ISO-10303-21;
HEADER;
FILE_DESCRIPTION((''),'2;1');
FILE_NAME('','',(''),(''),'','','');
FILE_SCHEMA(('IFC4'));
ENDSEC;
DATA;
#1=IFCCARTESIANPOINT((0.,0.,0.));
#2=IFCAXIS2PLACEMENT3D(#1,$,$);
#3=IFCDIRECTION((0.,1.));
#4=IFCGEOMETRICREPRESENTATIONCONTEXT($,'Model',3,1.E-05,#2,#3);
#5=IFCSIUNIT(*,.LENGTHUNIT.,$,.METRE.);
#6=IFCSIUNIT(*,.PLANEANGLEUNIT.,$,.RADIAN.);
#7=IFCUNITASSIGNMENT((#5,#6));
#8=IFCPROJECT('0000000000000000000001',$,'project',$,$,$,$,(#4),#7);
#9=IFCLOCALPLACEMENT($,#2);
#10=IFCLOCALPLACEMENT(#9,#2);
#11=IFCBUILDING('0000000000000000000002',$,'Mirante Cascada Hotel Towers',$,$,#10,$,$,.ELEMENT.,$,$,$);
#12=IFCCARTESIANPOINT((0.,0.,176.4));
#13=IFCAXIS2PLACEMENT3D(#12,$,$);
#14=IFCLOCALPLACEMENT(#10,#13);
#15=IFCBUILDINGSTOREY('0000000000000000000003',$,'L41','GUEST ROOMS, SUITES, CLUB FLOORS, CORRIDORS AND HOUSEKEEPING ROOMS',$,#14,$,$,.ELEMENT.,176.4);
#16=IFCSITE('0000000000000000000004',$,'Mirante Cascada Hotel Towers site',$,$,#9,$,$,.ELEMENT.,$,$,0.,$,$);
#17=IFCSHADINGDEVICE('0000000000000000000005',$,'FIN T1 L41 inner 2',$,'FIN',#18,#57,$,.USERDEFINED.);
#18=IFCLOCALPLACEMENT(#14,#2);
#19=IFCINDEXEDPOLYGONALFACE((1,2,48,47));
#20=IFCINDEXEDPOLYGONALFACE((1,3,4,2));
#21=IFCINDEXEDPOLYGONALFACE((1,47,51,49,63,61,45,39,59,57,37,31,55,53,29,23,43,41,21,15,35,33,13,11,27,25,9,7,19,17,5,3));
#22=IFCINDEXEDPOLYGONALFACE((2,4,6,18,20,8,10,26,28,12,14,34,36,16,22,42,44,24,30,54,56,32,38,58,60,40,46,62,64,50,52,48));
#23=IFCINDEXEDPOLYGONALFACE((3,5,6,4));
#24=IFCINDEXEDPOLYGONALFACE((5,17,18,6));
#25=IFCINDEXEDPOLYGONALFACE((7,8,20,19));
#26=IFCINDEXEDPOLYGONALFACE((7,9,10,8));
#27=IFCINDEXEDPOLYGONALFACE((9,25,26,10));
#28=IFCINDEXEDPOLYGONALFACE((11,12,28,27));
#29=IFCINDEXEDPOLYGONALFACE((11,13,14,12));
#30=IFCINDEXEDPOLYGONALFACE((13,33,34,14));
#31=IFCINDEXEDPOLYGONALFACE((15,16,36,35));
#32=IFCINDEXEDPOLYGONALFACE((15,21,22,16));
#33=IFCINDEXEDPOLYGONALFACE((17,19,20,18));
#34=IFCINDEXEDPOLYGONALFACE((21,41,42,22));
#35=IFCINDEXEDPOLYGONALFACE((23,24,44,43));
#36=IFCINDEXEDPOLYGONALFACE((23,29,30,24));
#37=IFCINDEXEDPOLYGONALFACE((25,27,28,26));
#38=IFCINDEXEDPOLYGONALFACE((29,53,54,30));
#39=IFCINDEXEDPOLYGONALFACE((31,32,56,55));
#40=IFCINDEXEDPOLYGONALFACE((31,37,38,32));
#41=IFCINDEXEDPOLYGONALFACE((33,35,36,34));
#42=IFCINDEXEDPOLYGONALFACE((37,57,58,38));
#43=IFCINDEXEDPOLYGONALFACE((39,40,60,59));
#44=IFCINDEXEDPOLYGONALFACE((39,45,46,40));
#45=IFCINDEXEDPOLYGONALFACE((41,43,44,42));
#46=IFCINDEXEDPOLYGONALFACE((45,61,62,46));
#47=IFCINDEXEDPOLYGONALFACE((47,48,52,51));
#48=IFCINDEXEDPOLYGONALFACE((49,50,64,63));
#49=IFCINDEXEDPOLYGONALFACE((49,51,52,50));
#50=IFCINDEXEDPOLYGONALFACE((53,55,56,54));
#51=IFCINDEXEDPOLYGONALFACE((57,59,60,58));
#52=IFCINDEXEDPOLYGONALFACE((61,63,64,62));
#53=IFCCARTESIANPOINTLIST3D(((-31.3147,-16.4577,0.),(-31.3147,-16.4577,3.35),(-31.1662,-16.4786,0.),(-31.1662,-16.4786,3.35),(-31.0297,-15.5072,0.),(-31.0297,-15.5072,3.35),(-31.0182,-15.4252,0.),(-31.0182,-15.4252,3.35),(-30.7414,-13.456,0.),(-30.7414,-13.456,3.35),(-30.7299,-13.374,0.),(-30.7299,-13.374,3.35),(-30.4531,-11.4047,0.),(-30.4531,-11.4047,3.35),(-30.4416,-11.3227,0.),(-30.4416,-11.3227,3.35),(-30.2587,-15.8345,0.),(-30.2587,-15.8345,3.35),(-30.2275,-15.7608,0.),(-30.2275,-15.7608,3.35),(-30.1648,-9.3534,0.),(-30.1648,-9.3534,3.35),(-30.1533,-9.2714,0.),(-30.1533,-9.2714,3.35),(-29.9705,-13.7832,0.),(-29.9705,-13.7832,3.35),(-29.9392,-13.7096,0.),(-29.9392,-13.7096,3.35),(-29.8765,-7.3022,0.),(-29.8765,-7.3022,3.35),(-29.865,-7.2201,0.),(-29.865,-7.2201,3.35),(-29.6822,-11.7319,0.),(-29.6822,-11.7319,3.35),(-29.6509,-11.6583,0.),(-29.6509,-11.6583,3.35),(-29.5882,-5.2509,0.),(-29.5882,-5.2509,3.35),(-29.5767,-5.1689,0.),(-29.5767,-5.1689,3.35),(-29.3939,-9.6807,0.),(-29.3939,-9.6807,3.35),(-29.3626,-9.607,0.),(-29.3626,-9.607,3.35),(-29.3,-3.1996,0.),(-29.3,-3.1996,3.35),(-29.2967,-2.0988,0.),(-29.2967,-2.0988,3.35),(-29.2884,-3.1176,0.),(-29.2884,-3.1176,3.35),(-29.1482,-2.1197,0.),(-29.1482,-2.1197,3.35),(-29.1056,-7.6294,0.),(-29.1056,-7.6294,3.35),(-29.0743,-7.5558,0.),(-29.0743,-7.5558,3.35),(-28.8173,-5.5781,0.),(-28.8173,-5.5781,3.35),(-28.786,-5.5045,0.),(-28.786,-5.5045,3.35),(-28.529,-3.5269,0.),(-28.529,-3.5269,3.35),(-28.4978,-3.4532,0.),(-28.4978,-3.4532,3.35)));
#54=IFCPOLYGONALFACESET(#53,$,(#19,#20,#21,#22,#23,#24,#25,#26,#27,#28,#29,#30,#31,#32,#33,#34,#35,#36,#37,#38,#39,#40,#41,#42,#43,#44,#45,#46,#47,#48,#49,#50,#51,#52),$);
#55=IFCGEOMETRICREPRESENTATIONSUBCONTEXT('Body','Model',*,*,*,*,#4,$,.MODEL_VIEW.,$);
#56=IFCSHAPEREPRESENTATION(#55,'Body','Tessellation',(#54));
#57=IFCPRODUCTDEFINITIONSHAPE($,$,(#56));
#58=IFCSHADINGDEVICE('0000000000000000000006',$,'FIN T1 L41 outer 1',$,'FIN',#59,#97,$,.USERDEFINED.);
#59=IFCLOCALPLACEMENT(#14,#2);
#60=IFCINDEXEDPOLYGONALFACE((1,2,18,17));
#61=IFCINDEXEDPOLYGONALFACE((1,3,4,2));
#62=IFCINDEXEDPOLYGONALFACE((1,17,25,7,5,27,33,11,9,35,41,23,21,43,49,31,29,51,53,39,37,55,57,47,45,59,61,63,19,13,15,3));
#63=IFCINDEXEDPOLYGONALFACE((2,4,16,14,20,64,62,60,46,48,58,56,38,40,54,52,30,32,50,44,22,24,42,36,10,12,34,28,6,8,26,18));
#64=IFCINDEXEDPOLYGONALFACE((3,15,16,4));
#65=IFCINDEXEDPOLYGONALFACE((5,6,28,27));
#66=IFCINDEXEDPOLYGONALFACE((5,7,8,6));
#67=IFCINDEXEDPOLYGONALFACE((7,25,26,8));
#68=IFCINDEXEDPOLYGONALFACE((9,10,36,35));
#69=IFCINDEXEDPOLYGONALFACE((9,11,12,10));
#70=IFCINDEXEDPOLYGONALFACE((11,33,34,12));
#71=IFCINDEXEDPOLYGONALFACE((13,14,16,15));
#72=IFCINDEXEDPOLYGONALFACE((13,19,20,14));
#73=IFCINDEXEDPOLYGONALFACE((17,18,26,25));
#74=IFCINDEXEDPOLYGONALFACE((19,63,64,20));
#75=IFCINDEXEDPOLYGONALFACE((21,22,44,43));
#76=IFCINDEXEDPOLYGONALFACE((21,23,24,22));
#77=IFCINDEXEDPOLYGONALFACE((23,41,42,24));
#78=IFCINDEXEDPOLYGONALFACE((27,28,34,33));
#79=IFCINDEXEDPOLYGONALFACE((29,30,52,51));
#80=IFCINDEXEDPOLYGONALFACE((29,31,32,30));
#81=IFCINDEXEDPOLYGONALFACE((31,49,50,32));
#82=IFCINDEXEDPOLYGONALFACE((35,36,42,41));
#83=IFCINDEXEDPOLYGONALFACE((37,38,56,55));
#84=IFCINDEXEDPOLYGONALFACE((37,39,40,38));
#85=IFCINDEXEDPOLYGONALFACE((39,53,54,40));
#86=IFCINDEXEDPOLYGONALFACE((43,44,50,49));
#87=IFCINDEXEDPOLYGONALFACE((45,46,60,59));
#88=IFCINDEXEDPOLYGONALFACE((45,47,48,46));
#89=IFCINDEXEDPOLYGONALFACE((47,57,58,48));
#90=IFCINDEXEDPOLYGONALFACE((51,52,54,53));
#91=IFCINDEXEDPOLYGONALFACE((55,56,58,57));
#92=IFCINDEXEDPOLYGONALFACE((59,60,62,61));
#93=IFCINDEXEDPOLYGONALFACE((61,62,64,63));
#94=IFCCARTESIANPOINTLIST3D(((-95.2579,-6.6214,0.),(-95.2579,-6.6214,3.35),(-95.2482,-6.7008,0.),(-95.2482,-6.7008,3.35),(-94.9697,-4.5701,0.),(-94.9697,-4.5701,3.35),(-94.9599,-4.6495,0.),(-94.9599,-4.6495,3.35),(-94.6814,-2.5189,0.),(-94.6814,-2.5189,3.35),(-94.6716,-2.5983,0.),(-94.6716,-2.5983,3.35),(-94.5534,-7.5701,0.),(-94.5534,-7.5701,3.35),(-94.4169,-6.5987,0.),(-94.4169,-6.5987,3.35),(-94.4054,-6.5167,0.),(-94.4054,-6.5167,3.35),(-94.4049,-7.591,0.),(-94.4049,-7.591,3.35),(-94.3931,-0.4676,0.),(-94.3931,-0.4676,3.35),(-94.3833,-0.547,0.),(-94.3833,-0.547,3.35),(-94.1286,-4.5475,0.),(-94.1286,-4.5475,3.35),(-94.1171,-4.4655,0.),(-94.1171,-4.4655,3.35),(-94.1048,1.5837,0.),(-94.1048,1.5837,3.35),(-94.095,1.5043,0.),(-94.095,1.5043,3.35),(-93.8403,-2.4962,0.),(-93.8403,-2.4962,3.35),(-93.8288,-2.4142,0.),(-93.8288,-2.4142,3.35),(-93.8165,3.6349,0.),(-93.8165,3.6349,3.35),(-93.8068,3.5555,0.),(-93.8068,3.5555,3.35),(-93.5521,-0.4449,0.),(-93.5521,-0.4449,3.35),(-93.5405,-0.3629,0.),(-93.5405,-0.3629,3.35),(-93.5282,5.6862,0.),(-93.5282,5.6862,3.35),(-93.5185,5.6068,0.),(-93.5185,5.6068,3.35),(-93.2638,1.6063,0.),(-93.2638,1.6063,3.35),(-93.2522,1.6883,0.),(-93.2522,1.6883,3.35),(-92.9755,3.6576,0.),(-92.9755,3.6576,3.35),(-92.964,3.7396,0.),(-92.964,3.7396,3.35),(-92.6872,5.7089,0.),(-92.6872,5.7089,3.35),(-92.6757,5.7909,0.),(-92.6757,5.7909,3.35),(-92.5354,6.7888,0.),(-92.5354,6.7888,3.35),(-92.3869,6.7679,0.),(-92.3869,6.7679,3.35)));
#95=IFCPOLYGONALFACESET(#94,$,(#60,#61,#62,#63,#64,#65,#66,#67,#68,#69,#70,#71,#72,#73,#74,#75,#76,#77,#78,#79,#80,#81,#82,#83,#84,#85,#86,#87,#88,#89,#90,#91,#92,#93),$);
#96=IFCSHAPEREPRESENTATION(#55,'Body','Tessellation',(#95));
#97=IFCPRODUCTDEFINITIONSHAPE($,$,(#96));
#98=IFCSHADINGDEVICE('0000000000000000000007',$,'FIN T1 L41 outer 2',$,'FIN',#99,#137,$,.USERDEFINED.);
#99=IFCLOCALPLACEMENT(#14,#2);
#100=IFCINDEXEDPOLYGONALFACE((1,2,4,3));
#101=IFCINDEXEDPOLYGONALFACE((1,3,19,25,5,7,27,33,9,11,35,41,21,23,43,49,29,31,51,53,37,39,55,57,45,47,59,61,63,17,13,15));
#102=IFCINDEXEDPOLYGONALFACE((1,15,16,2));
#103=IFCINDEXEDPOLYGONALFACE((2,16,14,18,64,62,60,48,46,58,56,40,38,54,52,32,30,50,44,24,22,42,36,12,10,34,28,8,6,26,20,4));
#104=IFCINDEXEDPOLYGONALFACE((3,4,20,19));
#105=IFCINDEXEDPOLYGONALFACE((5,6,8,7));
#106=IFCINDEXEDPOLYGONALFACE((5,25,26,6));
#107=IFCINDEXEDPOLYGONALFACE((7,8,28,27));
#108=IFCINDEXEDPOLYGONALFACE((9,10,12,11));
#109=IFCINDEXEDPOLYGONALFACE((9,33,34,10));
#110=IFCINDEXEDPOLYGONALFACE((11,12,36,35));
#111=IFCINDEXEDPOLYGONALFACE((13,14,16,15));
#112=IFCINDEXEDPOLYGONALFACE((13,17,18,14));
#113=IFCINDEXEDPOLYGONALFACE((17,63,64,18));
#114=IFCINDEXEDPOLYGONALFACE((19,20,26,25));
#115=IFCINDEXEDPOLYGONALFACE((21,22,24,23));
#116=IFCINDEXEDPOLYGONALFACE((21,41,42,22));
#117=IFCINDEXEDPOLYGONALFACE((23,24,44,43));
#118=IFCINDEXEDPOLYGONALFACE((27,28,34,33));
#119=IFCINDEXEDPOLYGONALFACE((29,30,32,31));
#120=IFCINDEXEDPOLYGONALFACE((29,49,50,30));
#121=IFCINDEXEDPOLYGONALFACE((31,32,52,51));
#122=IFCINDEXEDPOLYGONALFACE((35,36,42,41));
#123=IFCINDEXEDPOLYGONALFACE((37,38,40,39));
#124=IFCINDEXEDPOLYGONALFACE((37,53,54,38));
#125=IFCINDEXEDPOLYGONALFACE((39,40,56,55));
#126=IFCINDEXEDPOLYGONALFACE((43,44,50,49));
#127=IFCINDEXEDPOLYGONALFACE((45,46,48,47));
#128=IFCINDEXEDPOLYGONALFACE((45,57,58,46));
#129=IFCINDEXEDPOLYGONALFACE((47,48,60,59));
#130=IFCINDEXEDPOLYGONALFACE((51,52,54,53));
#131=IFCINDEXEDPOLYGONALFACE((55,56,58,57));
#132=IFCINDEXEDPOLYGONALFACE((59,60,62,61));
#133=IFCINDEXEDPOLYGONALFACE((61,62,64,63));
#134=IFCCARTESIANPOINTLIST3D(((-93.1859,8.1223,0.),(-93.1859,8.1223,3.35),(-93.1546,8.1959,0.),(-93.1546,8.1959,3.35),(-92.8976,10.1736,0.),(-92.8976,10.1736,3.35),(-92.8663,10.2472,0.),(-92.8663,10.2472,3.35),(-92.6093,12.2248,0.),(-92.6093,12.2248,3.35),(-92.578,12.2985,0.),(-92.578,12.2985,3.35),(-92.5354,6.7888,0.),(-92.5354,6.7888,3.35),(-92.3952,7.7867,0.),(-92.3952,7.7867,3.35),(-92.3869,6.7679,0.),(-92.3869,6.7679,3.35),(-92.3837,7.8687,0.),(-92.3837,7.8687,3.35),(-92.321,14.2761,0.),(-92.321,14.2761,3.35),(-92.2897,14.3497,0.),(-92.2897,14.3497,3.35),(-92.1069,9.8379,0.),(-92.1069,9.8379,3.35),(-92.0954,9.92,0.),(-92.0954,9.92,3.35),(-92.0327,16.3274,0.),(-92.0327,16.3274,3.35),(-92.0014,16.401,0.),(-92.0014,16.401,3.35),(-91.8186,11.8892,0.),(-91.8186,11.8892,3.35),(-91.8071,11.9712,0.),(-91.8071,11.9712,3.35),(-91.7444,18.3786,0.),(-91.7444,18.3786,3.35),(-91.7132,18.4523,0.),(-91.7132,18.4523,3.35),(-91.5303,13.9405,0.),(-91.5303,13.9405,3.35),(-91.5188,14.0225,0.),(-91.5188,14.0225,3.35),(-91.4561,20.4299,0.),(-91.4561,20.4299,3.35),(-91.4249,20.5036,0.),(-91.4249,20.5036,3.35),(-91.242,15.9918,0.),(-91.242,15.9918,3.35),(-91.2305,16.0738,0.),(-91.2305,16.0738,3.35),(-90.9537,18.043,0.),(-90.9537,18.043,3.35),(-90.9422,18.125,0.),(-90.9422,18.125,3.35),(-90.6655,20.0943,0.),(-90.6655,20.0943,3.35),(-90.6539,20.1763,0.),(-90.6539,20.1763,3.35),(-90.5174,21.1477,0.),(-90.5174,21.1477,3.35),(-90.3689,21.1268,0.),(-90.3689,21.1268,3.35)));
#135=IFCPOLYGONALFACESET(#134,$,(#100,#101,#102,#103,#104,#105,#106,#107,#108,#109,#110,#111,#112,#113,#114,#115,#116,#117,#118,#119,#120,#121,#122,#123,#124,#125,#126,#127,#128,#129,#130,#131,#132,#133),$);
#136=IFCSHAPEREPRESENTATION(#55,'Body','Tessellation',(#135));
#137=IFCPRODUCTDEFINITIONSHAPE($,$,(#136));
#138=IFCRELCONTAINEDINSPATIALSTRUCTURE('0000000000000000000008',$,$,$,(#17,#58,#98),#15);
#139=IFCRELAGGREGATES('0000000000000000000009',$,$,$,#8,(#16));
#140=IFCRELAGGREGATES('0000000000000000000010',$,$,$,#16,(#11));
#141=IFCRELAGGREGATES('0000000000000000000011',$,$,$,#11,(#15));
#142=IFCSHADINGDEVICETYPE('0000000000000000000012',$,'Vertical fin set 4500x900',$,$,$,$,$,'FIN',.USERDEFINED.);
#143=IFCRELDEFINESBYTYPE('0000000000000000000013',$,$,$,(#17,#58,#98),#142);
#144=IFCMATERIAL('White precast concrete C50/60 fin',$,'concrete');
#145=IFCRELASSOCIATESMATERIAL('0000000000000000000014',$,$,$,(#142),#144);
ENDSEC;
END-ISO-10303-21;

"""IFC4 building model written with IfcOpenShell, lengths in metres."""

from ifc_helpers import new_model, si_unit, direction, frame, origin, place, context, subcontext, project, spatial, polyline, outline, extrude, material, type_object, element, save


model = new_model("IFC4")

# Units and contexts
model_context = context("Model", 3, precision=1e-05, world=origin(), true_north=direction((0.0, 1.0)))
body_context = subcontext(model_context, "Body", "Model", "MODEL_VIEW")
ifc_project = project(units=[si_unit("LENGTHUNIT", "METRE"), si_unit("PLANEANGLEUNIT", "RADIAN")], contexts=[model_context])

# Site, building, storey
site_placement = place(None, origin())
site = spatial("IfcSite", under=ifc_project, at=site_placement, Name="Mirante Cascada Hotel Towers site", CompositionType="ELEMENT", RefElevation=0.0)
building_placement = place(site_placement, origin())
building = spatial("IfcBuilding", under=site, at=building_placement, Name="Mirante Cascada Hotel Towers", CompositionType="ELEMENT")
storey_placement = place(building_placement, frame((0.0, 0.0, 176.4)))
storey = spatial("IfcBuildingStorey", under=building, at=storey_placement, Name="L41", Description="GUEST ROOMS, SUITES, CLUB FLOORS, CORRIDORS AND HOUSEKEEPING ROOMS", CompositionType="ELEMENT", Elevation=176.4)

# Shading devices
ifc_material_1 = material(Name="White precast concrete C50/60 fin", Category="concrete")
shading_device_type = type_object("IfcShadingDeviceType", Name="Vertical fin set 4500x900", ElementType="FIN", PredefinedType="USERDEFINED", material=ifc_material_1)
shading_device_1_placement = place(storey_placement, origin())
element("IfcShadingDevice", 1, at=shading_device_1_placement, inside=storey, type_object=shading_device_type, Name="FIN T1 L41 inner 2", ObjectType="FIN", PredefinedType="USERDEFINED", context=body_context, shape_type="SweptSolid", body=[
    extrude(outline(polyline([(-31.0297, -15.5072), (-31.1662, -16.4786), (-31.3147, -16.4577), (-29.2967, -2.0988), (-29.1482, -2.1197), (-29.2884, -3.1176), (-28.4978, -3.4532), (-28.529, -3.5269), (-29.3, -3.1996), (-29.5767, -5.1689), (-28.786, -5.5045), (-28.8173, -5.5781), (-29.5882, -5.2509), (-29.865, -7.2201), (-29.0743, -7.5558), (-29.1056, -7.6294), (-29.8765, -7.3022), (-30.1533, -9.2714), (-29.3626, -9.607), (-29.3939, -9.6807), (-30.1648, -9.3534), (-30.4416, -11.3227), (-29.6509, -11.6583), (-29.6822, -11.7319), (-30.4531, -11.4047), (-30.7299, -13.374), (-29.9392, -13.7096), (-29.9705, -13.7832), (-30.7414, -13.456), (-31.0182, -15.4252), (-30.2275, -15.7608), (-30.2587, -15.8345), (-31.0297, -15.5072)])), origin(), (0.0, 0.0, 1.0), 3.35),
])
shading_device_2_placement = place(storey_placement, origin())
element("IfcShadingDevice", 2, at=shading_device_2_placement, inside=storey, type_object=shading_device_type, Name="FIN T1 L41 outer 1", ObjectType="FIN", PredefinedType="USERDEFINED", context=body_context, shape_type="SweptSolid", body=[
    extrude(outline(polyline([(-94.4054, -6.5167), (-94.1286, -4.5475), (-94.9599, -4.6495), (-94.9697, -4.5701), (-94.1171, -4.4655), (-93.8403, -2.4962), (-94.6716, -2.5983), (-94.6814, -2.5189), (-93.8288, -2.4142), (-93.5521, -0.4449), (-94.3833, -0.547), (-94.3931, -0.4676), (-93.5405, -0.3629), (-93.2638, 1.6063), (-94.095, 1.5043), (-94.1048, 1.5837), (-93.2522, 1.6883), (-92.9755, 3.6576), (-93.8068, 3.5555), (-93.8165, 3.6349), (-92.964, 3.7396), (-92.6872, 5.7089), (-93.5185, 5.6068), (-93.5282, 5.6862), (-92.6757, 5.7909), (-92.5354, 6.7888), (-92.3869, 6.7679), (-94.4049, -7.591), (-94.5534, -7.5701), (-94.4169, -6.5987), (-95.2482, -6.7008), (-95.2579, -6.6214), (-94.4054, -6.5167)])), origin(), (0.0, 0.0, 1.0), 3.35),
])
shading_device_3_placement = place(storey_placement, origin())
element("IfcShadingDevice", 3, at=shading_device_3_placement, inside=storey, type_object=shading_device_type, Name="FIN T1 L41 outer 2", ObjectType="FIN", PredefinedType="USERDEFINED", context=body_context, shape_type="SweptSolid", body=[
    extrude(outline(polyline([(-92.3837, 7.8687), (-92.1069, 9.8379), (-92.8976, 10.1736), (-92.8663, 10.2472), (-92.0954, 9.92), (-91.8186, 11.8892), (-92.6093, 12.2248), (-92.578, 12.2985), (-91.8071, 11.9712), (-91.5303, 13.9405), (-92.321, 14.2761), (-92.2897, 14.3497), (-91.5188, 14.0225), (-91.242, 15.9918), (-92.0327, 16.3274), (-92.0014, 16.401), (-91.2305, 16.0738), (-90.9537, 18.043), (-91.7444, 18.3786), (-91.7132, 18.4523), (-90.9422, 18.125), (-90.6655, 20.0943), (-91.4561, 20.4299), (-91.4249, 20.5036), (-90.6539, 20.1763), (-90.5174, 21.1477), (-90.3689, 21.1268), (-92.3869, 6.7679), (-92.5354, 6.7888), (-92.3952, 7.7867), (-93.1859, 8.1223), (-93.1546, 8.1959), (-92.3837, 7.8687)])), origin(), (0.0, 0.0, 1.0), 3.35),
])

save(model, "model.ifc")
